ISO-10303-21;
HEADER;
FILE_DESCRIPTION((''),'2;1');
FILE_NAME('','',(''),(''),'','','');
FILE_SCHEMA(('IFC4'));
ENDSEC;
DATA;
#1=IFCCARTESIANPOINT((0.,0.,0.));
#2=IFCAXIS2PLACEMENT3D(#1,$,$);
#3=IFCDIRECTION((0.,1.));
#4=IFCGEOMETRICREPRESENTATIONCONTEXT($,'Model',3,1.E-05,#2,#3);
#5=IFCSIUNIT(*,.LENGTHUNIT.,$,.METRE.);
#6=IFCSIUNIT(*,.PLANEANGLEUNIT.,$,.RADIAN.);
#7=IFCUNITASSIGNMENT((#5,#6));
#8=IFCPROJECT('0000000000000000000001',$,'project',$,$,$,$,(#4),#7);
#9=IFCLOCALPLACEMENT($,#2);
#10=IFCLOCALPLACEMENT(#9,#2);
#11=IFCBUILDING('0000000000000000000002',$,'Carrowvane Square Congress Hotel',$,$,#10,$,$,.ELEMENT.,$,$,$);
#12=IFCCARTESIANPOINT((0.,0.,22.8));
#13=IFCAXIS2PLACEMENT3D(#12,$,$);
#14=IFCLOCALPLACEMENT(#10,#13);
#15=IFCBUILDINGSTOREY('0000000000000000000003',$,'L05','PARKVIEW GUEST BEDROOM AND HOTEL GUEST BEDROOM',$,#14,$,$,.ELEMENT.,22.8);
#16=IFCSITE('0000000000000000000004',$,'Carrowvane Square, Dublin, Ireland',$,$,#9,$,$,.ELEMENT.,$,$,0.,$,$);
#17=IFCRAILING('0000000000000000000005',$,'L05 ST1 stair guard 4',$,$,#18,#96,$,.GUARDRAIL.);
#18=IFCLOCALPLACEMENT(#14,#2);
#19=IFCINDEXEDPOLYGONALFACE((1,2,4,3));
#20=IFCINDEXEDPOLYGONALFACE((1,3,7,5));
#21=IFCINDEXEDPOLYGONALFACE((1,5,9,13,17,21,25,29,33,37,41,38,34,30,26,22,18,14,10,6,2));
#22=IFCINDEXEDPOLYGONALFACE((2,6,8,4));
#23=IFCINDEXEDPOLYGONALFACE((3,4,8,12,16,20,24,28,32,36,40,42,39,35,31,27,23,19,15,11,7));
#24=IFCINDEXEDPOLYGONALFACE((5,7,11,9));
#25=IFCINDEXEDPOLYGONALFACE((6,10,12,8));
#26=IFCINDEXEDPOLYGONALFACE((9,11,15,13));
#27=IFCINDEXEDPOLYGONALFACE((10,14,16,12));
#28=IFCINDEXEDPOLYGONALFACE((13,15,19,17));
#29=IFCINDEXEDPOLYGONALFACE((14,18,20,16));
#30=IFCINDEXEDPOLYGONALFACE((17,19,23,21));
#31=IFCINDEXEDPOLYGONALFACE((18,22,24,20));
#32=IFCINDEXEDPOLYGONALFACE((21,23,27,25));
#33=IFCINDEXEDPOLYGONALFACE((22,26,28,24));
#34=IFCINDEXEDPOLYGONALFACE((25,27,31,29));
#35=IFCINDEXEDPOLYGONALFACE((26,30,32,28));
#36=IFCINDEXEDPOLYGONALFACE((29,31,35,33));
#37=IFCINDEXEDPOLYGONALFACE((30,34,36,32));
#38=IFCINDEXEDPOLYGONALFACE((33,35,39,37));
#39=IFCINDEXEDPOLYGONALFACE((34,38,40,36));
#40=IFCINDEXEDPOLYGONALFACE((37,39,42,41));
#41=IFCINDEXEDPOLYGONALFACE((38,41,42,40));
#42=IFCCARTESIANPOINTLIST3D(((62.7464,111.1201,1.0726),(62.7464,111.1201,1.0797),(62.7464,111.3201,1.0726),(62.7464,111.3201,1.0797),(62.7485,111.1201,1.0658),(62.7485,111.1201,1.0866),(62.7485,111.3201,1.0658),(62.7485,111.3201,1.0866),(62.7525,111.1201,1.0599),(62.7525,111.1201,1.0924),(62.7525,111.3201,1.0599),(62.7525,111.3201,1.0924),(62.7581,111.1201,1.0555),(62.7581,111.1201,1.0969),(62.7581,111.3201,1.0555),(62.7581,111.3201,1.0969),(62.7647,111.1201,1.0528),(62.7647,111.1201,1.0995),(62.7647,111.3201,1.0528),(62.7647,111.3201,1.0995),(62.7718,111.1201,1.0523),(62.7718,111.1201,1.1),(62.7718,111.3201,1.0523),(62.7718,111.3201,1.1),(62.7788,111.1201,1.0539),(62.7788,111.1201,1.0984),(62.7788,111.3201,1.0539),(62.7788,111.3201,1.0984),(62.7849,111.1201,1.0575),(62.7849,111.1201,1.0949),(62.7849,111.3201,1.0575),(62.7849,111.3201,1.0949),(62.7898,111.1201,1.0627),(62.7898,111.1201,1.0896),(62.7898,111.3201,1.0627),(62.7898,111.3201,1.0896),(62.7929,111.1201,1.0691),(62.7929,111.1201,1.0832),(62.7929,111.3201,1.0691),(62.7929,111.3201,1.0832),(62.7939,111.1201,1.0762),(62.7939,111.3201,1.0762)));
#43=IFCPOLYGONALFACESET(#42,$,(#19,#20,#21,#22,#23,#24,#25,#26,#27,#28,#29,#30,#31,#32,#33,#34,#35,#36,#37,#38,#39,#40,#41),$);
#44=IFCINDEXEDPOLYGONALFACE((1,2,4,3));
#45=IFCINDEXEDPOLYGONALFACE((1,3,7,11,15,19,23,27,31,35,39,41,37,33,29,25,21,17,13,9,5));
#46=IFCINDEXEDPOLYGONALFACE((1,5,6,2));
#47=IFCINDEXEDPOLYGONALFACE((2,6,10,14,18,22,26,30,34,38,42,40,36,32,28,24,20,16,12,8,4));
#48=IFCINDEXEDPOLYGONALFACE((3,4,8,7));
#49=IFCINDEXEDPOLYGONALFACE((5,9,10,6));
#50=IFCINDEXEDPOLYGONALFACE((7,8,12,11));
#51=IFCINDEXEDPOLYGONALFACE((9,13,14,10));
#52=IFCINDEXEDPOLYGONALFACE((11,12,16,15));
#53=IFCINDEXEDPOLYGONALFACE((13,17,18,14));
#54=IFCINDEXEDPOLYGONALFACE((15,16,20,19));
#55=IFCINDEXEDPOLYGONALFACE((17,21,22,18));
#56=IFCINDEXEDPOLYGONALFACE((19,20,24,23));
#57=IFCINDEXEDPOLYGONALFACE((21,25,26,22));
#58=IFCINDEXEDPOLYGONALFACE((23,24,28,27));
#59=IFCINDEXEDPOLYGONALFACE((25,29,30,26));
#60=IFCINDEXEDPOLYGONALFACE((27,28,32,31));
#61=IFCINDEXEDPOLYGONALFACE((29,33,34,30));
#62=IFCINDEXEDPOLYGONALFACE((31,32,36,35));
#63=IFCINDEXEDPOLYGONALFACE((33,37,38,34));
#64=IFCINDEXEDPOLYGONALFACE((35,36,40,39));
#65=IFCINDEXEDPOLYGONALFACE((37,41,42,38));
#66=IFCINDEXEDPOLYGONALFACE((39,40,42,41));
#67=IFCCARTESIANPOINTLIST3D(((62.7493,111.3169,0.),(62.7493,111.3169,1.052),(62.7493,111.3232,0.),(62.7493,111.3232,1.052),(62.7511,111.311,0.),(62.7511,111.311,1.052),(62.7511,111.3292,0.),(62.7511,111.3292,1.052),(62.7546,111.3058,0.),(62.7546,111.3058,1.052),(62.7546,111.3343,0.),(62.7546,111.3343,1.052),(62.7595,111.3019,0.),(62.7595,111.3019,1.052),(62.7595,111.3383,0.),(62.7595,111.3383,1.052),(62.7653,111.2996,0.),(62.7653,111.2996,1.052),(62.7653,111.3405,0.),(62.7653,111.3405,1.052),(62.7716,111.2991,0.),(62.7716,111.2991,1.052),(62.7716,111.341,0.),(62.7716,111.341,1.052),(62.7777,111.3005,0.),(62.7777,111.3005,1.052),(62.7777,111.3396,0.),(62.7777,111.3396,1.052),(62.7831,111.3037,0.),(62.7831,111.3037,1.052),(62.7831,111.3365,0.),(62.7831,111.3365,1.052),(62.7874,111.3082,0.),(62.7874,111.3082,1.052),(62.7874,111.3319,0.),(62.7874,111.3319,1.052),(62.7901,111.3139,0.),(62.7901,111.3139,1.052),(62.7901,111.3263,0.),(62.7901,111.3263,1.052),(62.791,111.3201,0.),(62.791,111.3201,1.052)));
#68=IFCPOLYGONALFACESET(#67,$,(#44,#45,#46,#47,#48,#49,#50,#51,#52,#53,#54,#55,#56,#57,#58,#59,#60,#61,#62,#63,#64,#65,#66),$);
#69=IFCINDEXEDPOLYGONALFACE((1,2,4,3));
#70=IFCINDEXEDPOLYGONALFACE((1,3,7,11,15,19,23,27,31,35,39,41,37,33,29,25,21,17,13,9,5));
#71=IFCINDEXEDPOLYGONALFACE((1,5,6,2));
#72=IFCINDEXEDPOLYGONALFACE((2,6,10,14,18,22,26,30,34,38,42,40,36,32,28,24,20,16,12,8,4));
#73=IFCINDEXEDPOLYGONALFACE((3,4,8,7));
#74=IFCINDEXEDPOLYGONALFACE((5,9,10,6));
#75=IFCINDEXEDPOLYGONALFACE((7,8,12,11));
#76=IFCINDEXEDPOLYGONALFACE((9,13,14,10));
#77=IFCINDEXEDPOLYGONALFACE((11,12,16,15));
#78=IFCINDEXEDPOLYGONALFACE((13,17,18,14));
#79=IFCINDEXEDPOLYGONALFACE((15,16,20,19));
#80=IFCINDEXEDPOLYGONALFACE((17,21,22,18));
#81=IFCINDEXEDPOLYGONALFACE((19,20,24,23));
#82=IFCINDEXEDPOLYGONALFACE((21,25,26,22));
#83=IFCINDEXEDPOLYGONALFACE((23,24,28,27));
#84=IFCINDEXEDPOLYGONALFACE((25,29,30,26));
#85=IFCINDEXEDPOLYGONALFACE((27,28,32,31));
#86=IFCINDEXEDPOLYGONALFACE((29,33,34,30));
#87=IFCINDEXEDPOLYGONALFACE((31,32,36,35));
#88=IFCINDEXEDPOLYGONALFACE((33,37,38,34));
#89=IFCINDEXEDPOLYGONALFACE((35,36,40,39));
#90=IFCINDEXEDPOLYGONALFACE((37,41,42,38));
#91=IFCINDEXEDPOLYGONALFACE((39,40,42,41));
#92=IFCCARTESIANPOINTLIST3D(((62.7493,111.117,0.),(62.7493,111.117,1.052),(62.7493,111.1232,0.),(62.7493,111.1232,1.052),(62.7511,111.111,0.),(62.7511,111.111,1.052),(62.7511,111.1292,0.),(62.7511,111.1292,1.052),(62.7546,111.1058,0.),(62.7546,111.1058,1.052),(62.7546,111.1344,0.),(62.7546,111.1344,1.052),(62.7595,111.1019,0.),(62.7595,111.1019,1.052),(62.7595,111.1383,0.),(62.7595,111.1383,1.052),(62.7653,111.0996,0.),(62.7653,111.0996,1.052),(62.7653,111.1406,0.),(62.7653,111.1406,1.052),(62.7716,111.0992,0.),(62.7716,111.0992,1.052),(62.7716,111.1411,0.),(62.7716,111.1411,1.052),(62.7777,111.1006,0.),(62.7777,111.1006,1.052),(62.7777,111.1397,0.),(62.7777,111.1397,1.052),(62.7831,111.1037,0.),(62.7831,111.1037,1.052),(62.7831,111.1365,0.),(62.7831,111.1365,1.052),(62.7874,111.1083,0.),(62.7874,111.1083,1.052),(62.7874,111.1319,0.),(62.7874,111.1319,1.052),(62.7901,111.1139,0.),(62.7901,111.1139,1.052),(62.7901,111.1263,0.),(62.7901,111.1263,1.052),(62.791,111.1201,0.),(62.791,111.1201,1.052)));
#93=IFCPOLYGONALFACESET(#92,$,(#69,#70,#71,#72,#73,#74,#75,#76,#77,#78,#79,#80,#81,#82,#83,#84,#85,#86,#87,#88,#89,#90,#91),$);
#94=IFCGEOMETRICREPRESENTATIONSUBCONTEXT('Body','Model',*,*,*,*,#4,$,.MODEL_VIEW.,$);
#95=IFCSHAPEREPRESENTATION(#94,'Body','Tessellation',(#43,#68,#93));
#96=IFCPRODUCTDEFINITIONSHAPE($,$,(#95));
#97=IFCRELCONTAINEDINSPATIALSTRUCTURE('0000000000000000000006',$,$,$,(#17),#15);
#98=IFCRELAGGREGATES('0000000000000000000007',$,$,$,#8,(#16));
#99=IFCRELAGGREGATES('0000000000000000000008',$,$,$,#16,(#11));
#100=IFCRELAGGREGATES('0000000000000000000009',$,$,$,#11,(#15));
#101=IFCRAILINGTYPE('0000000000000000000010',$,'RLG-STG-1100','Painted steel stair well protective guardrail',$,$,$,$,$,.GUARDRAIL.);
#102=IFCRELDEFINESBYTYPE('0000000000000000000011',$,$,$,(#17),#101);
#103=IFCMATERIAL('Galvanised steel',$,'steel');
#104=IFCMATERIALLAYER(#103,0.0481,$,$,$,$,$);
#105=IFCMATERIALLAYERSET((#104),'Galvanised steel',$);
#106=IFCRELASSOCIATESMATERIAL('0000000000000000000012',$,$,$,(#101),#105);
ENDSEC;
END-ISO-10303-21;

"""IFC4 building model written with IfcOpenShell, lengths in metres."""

from ifc_helpers import new_model, si_unit, direction, frame, origin, origin_2d, place, context, subcontext, project, spatial, circle, extrude, material, layer, layer_set, type_object, element, save


model = new_model("IFC4")

# Units and contexts
model_context = context("Model", 3, precision=1e-05, world=origin(), true_north=direction((0.0, 1.0)))
body_context = subcontext(model_context, "Body", "Model", "MODEL_VIEW")
ifc_project = project(units=[si_unit("LENGTHUNIT", "METRE"), si_unit("PLANEANGLEUNIT", "RADIAN")], contexts=[model_context])

# Site, building, storey
site_placement = place(None, origin())
site = spatial("IfcSite", under=ifc_project, at=site_placement, Name="Carrowvane Square, Dublin, Ireland", CompositionType="ELEMENT", RefElevation=0.0)
building_placement = place(site_placement, origin())
building = spatial("IfcBuilding", under=site, at=building_placement, Name="Carrowvane Square Congress Hotel", CompositionType="ELEMENT")
storey_placement = place(building_placement, frame((0.0, 0.0, 22.8)))
storey = spatial("IfcBuildingStorey", under=building, at=storey_placement, Name="L05", Description="PARKVIEW GUEST BEDROOM AND HOTEL GUEST BEDROOM", CompositionType="ELEMENT", Elevation=22.8)

# Railing
ifc_material_1 = material(Name="Galvanised steel", Category="steel")
ifc_layer_1 = layer(ifc_material_1, 0.0481)
ifc_layer_set_1 = layer_set([ifc_layer_1], Name="Galvanised steel")
railing_type_1 = type_object("IfcRailingType", Name="RLG-STG-1100", Description="Painted steel stair well protective guardrail", PredefinedType="GUARDRAIL", material=ifc_layer_set_1)
railing_1_placement = place(storey_placement, frame((62.77, 111.3201, 0.0)))
element("IfcRailing", 1, at=railing_1_placement, inside=storey, type_object=railing_type_1, Name="L05 ST1 stair guard 4", PredefinedType="GUARDRAIL", context=body_context, shape_type="SweptSolid", body=[
    extrude(circle(Radius=0.0239, at=origin_2d()), frame((0.0, 0.0, 1.0762), z_axis=(0.0, -1.0, 0.0), x_axis=(1.0, 0.0, 0.0)), (0.0, 0.0, 1.0), 0.2),
    extrude(circle(Radius=0.021, at=origin_2d()), origin(), (0.0, 0.0, 1.0), 1.052),
    extrude(circle(Radius=0.021, at=origin_2d()), frame((0.0, -0.2, 0.0)), (0.0, 0.0, 1.0), 1.052),
])

save(model, "model.ifc")
